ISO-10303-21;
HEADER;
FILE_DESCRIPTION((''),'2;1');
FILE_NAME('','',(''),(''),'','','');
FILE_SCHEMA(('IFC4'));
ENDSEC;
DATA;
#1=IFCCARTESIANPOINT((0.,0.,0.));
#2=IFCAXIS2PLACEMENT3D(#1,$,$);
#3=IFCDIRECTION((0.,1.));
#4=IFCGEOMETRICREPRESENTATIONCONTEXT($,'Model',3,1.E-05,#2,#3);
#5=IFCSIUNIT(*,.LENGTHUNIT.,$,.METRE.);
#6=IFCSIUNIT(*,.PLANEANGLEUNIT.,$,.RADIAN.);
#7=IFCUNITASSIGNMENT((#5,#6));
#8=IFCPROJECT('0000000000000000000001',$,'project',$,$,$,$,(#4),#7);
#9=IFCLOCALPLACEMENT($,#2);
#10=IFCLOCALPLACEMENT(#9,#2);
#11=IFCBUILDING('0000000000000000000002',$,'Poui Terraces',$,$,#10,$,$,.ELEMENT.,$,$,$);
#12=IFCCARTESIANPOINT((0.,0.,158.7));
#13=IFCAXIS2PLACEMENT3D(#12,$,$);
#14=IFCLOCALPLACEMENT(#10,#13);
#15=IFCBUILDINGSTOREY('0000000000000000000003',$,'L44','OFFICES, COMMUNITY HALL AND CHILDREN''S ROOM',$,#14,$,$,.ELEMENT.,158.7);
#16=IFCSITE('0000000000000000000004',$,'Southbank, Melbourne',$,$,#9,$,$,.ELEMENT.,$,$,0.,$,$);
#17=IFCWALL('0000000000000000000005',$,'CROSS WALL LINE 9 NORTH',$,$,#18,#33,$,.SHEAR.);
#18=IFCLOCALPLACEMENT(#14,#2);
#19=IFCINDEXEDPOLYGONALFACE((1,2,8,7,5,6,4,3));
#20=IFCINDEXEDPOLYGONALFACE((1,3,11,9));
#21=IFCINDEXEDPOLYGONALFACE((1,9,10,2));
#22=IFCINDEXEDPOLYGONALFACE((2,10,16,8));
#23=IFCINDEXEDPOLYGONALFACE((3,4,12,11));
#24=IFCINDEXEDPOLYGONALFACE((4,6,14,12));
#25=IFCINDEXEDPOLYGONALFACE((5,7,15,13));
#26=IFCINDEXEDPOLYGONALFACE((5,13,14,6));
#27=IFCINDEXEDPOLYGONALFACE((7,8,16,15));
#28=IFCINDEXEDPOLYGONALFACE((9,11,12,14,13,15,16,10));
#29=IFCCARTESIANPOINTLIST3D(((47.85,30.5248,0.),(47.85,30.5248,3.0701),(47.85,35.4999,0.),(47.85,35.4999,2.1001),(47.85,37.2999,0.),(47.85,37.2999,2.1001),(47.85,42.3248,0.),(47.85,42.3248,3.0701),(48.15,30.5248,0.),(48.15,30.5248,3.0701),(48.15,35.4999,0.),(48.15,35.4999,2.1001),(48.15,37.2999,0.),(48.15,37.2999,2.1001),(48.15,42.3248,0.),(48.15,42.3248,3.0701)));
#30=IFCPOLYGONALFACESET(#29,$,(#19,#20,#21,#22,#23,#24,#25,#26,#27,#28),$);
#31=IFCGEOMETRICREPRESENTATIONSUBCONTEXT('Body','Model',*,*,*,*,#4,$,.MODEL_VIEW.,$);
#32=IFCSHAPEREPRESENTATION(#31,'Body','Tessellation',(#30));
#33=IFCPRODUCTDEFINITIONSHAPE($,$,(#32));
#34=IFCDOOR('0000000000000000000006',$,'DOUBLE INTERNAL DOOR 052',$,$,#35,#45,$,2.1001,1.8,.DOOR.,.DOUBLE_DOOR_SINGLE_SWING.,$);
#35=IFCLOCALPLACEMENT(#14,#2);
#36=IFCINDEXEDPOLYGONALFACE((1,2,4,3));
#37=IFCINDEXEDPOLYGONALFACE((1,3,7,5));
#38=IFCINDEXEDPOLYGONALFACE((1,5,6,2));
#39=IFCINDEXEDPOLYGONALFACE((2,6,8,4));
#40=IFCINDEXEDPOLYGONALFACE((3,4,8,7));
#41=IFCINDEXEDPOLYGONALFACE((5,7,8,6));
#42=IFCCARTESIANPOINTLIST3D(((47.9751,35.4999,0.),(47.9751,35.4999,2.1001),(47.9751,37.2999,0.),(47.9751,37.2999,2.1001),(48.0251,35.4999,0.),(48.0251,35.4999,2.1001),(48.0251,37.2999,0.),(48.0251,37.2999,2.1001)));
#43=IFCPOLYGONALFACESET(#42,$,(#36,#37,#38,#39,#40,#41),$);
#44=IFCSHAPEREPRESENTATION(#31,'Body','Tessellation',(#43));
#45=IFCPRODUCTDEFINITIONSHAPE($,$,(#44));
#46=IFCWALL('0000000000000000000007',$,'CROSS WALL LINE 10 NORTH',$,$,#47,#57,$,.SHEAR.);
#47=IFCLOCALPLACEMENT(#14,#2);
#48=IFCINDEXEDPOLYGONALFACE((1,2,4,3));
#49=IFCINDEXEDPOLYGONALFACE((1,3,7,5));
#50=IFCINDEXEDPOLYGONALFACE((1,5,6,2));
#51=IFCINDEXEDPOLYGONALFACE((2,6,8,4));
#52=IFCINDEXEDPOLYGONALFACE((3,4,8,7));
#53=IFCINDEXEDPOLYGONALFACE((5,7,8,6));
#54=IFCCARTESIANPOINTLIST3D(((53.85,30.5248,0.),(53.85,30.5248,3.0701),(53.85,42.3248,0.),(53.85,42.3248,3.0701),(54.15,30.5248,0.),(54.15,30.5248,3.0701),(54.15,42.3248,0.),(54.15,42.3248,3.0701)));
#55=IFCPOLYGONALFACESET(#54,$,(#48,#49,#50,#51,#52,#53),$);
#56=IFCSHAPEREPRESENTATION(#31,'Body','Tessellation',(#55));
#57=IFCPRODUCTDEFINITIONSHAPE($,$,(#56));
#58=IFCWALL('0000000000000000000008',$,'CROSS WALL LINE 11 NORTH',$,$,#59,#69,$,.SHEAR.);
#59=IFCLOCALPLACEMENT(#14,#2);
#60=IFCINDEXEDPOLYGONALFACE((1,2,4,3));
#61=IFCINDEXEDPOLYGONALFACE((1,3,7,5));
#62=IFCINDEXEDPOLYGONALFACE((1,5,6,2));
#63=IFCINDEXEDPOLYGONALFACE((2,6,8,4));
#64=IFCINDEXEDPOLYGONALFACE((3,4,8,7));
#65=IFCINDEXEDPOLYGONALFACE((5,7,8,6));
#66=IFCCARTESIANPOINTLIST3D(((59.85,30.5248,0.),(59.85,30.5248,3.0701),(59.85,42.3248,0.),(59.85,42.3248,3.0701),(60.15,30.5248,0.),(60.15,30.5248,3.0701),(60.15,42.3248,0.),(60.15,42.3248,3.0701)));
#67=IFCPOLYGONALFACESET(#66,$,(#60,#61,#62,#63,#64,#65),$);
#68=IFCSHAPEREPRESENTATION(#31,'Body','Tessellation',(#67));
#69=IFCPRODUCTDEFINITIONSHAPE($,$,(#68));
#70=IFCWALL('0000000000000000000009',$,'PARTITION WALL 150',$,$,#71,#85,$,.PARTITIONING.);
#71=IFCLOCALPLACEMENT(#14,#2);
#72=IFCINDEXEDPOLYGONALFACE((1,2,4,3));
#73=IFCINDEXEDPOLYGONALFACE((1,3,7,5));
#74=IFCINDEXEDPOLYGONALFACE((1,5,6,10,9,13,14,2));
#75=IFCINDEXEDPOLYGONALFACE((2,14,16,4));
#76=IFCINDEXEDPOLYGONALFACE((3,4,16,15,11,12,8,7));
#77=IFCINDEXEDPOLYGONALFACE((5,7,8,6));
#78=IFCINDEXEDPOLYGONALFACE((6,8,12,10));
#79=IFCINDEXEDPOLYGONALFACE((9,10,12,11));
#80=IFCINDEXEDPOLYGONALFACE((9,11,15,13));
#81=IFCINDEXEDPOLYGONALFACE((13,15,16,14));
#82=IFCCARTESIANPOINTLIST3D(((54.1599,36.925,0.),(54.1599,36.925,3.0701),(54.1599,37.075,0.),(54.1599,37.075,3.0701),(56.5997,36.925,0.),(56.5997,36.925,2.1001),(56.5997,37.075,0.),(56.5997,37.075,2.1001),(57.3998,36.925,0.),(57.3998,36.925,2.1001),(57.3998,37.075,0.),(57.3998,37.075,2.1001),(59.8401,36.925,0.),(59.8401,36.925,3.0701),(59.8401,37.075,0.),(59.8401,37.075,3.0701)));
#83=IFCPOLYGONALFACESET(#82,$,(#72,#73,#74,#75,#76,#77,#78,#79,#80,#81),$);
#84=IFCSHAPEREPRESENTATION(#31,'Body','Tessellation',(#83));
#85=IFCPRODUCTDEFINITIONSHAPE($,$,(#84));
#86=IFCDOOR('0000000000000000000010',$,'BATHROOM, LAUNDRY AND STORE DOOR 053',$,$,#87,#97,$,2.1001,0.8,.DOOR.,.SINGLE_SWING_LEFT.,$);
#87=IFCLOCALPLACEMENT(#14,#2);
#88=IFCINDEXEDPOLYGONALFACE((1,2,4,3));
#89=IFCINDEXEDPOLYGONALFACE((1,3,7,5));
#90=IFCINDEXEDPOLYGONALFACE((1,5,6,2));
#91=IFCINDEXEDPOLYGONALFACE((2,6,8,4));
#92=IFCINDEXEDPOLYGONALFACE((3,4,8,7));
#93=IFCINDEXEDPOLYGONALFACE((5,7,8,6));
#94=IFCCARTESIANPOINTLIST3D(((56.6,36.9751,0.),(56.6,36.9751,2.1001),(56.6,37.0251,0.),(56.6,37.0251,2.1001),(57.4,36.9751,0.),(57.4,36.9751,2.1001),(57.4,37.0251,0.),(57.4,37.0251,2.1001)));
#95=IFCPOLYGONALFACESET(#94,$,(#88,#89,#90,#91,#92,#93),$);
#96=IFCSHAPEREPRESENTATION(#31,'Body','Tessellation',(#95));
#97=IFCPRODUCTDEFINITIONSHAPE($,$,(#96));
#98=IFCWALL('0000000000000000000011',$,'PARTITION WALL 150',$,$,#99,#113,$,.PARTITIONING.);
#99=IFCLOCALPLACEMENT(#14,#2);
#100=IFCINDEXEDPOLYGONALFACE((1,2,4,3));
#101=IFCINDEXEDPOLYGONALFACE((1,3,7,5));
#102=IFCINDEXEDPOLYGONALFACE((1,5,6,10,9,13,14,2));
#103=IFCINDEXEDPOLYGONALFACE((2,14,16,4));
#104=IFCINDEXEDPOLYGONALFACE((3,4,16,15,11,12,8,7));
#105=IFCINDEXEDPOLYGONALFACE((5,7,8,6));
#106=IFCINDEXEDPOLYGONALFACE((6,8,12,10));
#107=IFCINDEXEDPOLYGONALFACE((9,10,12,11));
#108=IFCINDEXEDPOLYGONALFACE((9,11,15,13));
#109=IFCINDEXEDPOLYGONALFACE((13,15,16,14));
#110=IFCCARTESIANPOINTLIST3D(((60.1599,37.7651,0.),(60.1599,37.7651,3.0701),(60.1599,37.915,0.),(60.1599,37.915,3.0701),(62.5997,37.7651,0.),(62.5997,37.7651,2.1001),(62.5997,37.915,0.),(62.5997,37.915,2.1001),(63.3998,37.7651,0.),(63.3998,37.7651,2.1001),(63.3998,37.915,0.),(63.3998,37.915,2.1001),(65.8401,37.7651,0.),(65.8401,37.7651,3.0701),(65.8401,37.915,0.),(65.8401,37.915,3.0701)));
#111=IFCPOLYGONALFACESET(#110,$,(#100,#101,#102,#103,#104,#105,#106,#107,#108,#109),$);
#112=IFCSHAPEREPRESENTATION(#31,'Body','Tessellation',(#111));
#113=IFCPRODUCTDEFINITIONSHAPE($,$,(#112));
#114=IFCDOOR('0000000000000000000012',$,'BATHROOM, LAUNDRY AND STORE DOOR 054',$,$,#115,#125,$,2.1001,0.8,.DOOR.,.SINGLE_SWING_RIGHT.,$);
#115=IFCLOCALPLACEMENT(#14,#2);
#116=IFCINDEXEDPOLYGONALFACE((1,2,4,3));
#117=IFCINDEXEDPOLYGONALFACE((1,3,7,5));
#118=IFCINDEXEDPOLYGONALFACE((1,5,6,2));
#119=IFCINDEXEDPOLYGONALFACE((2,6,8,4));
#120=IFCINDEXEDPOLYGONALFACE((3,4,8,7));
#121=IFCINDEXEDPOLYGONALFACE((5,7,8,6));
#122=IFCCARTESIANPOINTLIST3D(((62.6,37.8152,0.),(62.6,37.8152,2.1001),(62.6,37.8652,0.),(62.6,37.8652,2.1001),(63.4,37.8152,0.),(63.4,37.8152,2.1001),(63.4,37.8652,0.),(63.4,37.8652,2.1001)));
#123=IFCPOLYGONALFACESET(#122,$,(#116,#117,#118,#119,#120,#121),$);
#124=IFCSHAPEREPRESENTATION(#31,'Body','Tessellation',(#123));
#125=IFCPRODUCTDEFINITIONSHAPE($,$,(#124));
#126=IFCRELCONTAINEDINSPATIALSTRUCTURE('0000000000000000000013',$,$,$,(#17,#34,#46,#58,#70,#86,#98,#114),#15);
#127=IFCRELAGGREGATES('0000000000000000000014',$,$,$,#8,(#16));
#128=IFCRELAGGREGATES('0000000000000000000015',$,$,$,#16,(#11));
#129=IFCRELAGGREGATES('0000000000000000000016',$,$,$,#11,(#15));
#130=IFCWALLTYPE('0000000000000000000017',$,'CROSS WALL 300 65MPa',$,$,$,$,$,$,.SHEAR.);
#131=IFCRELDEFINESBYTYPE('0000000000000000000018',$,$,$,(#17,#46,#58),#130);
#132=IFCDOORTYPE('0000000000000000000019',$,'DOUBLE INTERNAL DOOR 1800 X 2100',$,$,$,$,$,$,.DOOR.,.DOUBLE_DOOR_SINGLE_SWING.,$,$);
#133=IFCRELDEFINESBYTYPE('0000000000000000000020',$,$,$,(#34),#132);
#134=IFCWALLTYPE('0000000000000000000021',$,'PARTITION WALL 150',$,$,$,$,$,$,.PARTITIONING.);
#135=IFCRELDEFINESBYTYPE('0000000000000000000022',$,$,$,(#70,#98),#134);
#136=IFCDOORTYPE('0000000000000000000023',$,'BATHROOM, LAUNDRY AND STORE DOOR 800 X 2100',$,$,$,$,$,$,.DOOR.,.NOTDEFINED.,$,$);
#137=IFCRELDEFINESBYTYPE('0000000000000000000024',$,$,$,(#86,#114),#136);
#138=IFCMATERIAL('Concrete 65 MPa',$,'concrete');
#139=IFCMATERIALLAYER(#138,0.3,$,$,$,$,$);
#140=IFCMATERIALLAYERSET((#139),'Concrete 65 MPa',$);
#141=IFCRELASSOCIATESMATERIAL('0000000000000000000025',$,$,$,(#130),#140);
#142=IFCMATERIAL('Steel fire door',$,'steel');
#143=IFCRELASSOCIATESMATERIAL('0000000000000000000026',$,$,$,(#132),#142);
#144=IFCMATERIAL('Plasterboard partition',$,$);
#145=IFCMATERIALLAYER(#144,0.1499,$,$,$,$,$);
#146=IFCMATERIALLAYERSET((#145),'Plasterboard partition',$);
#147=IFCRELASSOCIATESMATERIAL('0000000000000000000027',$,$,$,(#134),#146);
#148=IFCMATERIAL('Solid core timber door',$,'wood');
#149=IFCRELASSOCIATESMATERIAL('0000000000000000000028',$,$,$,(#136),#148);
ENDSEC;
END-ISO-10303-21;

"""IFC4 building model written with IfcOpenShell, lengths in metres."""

from ifc_helpers import new_model, si_unit, direction, frame, frame_2d, origin, place, context, subcontext, project, spatial, rectangle, extrude, material, layer, layer_set, type_object, element, fill, save


model = new_model("IFC4")

# Units and contexts
model_context = context("Model", 3, precision=1e-05, world=origin(), true_north=direction((0.0, 1.0)))
body_context = subcontext(model_context, "Body", "Model", "MODEL_VIEW")
ifc_project = project(units=[si_unit("LENGTHUNIT", "METRE"), si_unit("PLANEANGLEUNIT", "RADIAN")], contexts=[model_context])

# Site, building, storey
site_placement = place(None, origin())
site = spatial("IfcSite", under=ifc_project, at=site_placement, Name="Southbank, Melbourne", CompositionType="ELEMENT", RefElevation=0.0)
building_placement = place(site_placement, origin())
building = spatial("IfcBuilding", under=site, at=building_placement, Name="Poui Terraces", CompositionType="ELEMENT")
storey_placement = place(building_placement, frame((0.0, 0.0, 158.7)))
storey = spatial("IfcBuildingStorey", under=building, at=storey_placement, Name="L44", Description="OFFICES, COMMUNITY HALL AND CHILDREN'S ROOM", CompositionType="ELEMENT", Elevation=158.7)

# Shared definitions
ifc_material_1 = material(Name="Concrete 65 MPa", Category="concrete")

# Wall, opening, door
ifc_material_2 = material(Name="Solid core timber door", Category="wood")
ifc_layer_1 = layer(ifc_material_1, 0.3)
ifc_layer_set_1 = layer_set([ifc_layer_1], Name="Concrete 65 MPa")
wall_type_1 = type_object("IfcWallType", Name="CROSS WALL 300 65MPa", PredefinedType="SHEAR", material=ifc_layer_set_1)
wall_1_placement = place(storey_placement, frame((48.0, 30.5249, 0.0), z_axis=(0.0, 0.0, 1.0), x_axis=(0.0, 1.0, 0.0)))
wall_1 = element("IfcWall", 1, at=wall_1_placement, inside=storey, type_object=wall_type_1, Name="CROSS WALL LINE 9 NORTH", PredefinedType="SHEAR", context=body_context, shape_type="SweptSolid", body=[
    extrude(rectangle(XDim=11.8, YDim=0.3, at=frame_2d((5.8999, 0.0))), origin(), (0.0, 0.0, 1.0), 3.0701),
])
opening_1_placement = place(wall_1_placement, frame((4.9751, 0.0, 0.0)))
opening_1 = element("IfcOpeningElement", 2, at=opening_1_placement, cuts=wall_1, PredefinedType="OPENING", context=body_context, shape_type="SweptSolid", body=[
    extrude(rectangle(XDim=1.8, YDim=2.1001, at=frame_2d((0.8999, 1.05))), frame((0.0, 0.1602, 0.0), z_axis=(0.0, -1.0, 0.0), x_axis=(1.0, 0.0, 0.0)), (0.0, 0.0, 1.0), 0.3201),
])
ifc_material_3 = material(Name="Steel fire door", Category="steel")
door_type_1 = type_object("IfcDoorType", Name="DOUBLE INTERNAL DOOR 1800 X 2100", OperationType="DOUBLE_DOOR_SINGLE_SWING", PredefinedType="DOOR", material=ifc_material_3)
door_1_placement = place(opening_1_placement, origin())
door_1 = element("IfcDoor", 3, at=door_1_placement, inside=storey, type_object=door_type_1, Name="DOUBLE INTERNAL DOOR 052", OperationType="DOUBLE_DOOR_SINGLE_SWING", OverallHeight=2.1001, OverallWidth=1.8, PredefinedType="DOOR", context=body_context, shape_type="SweptSolid", body=[
    extrude(rectangle(XDim=1.8, YDim=2.1001, at=frame_2d((0.8999, 1.05))), frame((0.0, 0.0249, 0.0), z_axis=(0.0, -1.0, 0.0), x_axis=(1.0, 0.0, 0.0)), (0.0, 0.0, 1.0), 0.05),
])
fill(opening_1, door_1)

# Walls
for number, where, z_axis, x_axis, name in (
    (4, (54.0, 30.5249, 0.0), (0.0, 0.0, 1.0), (0.0, 1.0, 0.0), "CROSS WALL LINE 10 NORTH"),
    (5, (60.0, 30.5249, 0.0), (0.0, 0.0, 1.0), (0.0, 1.0, 0.0), "CROSS WALL LINE 11 NORTH"),
):
    element("IfcWall", number, at=place(storey_placement, frame(where, z_axis=z_axis, x_axis=x_axis)), inside=storey, type_object=wall_type_1, Name=name, PredefinedType="SHEAR", context=body_context, shape_type="SweptSolid", body=[
        extrude(rectangle(XDim=11.8, YDim=0.3, at=frame_2d((5.8999, 0.0))), origin(), (0.0, 0.0, 1.0), 3.0701),
    ])

# Walls, openings, doors
ifc_material_4 = material(Name="Plasterboard partition")
ifc_layer_2 = layer(ifc_material_4, 0.1499)
ifc_layer_set_2 = layer_set([ifc_layer_2], Name="Plasterboard partition")
wall_type_2 = type_object("IfcWallType", Name="PARTITION WALL 150", PredefinedType="PARTITIONING", material=ifc_layer_set_2)
wall_2_placement = place(storey_placement, frame((54.1599, 37.0, 0.0), z_axis=(0.0, 0.0, 1.0), x_axis=(1.0, 0.0, 0.0)))
wall_2 = element("IfcWall", 6, at=wall_2_placement, inside=storey, type_object=wall_type_2, Name="PARTITION WALL 150", PredefinedType="PARTITIONING", context=body_context, shape_type="SweptSolid", body=[
    extrude(rectangle(XDim=5.6802, YDim=0.1499, at=frame_2d((2.8401, 0.0))), origin(), (0.0, 0.0, 1.0), 3.0701),
])
opening_2_placement = place(wall_2_placement, frame((2.4399, 0.0, 0.0)))
opening_2 = element("IfcOpeningElement", 7, at=opening_2_placement, cuts=wall_2, PredefinedType="OPENING", context=body_context, shape_type="SweptSolid", body=[
    extrude(rectangle(XDim=0.8, YDim=2.1001, at=frame_2d((0.3999, 1.05))), frame((0.0, 0.085, 0.0), z_axis=(0.0, -1.0, 0.0), x_axis=(1.0, 0.0, 0.0)), (0.0, 0.0, 1.0), 0.1699),
])
door_type_2 = type_object("IfcDoorType", Name="BATHROOM, LAUNDRY AND STORE DOOR 800 X 2100", OperationType="NOTDEFINED", PredefinedType="DOOR", material=ifc_material_2)
door_2_placement = place(opening_2_placement, frame((0.8, 0.0, 0.0), z_axis=(0.0, 0.0, 1.0), x_axis=(-1.0, 0.0, 0.0)))
door_2 = element("IfcDoor", 8, at=door_2_placement, inside=storey, type_object=door_type_2, Name="BATHROOM, LAUNDRY AND STORE DOOR 053", OperationType="SINGLE_SWING_LEFT", OverallHeight=2.1001, OverallWidth=0.8, PredefinedType="DOOR", context=body_context, shape_type="SweptSolid", body=[
    extrude(rectangle(XDim=0.8, YDim=2.1001, at=frame_2d((0.3999, 1.05))), frame((0.0, 0.0249, 0.0), z_axis=(0.0, -1.0, 0.0), x_axis=(1.0, 0.0, 0.0)), (0.0, 0.0, 1.0), 0.05),
])
fill(opening_2, door_2)
wall_3_placement = place(storey_placement, frame((60.1599, 37.8401, 0.0), z_axis=(0.0, 0.0, 1.0), x_axis=(1.0, 0.0, 0.0)))
wall_3 = element("IfcWall", 9, at=wall_3_placement, inside=storey, type_object=wall_type_2, Name="PARTITION WALL 150", PredefinedType="PARTITIONING", context=body_context, shape_type="SweptSolid", body=[
    extrude(rectangle(XDim=5.6802, YDim=0.1499, at=frame_2d((2.8401, 0.0))), origin(), (0.0, 0.0, 1.0), 3.0701),
])
opening_3_placement = place(wall_3_placement, frame((2.4399, 0.0, 0.0)))
opening_3 = element("IfcOpeningElement", 10, at=opening_3_placement, cuts=wall_3, PredefinedType="OPENING", context=body_context, shape_type="SweptSolid", body=[
    extrude(rectangle(XDim=0.8, YDim=2.1001, at=frame_2d((0.3999, 1.05))), frame((0.0, 0.085, 0.0), z_axis=(0.0, -1.0, 0.0), x_axis=(1.0, 0.0, 0.0)), (0.0, 0.0, 1.0), 0.1699),
])
door_3_placement = place(opening_3_placement, frame((0.8, 0.0, 0.0), z_axis=(0.0, 0.0, 1.0), x_axis=(-1.0, 0.0, 0.0)))
door_3 = element("IfcDoor", 11, at=door_3_placement, inside=storey, type_object=door_type_2, Name="BATHROOM, LAUNDRY AND STORE DOOR 054", OperationType="SINGLE_SWING_RIGHT", OverallHeight=2.1001, OverallWidth=0.8, PredefinedType="DOOR", context=body_context, shape_type="SweptSolid", body=[
    extrude(rectangle(XDim=0.8, YDim=2.1001, at=frame_2d((0.3999, 1.05))), frame((0.0, 0.0249, 0.0), z_axis=(0.0, -1.0, 0.0), x_axis=(1.0, 0.0, 0.0)), (0.0, 0.0, 1.0), 0.05),
])
fill(opening_3, door_3)

save(model, "model.ifc")
